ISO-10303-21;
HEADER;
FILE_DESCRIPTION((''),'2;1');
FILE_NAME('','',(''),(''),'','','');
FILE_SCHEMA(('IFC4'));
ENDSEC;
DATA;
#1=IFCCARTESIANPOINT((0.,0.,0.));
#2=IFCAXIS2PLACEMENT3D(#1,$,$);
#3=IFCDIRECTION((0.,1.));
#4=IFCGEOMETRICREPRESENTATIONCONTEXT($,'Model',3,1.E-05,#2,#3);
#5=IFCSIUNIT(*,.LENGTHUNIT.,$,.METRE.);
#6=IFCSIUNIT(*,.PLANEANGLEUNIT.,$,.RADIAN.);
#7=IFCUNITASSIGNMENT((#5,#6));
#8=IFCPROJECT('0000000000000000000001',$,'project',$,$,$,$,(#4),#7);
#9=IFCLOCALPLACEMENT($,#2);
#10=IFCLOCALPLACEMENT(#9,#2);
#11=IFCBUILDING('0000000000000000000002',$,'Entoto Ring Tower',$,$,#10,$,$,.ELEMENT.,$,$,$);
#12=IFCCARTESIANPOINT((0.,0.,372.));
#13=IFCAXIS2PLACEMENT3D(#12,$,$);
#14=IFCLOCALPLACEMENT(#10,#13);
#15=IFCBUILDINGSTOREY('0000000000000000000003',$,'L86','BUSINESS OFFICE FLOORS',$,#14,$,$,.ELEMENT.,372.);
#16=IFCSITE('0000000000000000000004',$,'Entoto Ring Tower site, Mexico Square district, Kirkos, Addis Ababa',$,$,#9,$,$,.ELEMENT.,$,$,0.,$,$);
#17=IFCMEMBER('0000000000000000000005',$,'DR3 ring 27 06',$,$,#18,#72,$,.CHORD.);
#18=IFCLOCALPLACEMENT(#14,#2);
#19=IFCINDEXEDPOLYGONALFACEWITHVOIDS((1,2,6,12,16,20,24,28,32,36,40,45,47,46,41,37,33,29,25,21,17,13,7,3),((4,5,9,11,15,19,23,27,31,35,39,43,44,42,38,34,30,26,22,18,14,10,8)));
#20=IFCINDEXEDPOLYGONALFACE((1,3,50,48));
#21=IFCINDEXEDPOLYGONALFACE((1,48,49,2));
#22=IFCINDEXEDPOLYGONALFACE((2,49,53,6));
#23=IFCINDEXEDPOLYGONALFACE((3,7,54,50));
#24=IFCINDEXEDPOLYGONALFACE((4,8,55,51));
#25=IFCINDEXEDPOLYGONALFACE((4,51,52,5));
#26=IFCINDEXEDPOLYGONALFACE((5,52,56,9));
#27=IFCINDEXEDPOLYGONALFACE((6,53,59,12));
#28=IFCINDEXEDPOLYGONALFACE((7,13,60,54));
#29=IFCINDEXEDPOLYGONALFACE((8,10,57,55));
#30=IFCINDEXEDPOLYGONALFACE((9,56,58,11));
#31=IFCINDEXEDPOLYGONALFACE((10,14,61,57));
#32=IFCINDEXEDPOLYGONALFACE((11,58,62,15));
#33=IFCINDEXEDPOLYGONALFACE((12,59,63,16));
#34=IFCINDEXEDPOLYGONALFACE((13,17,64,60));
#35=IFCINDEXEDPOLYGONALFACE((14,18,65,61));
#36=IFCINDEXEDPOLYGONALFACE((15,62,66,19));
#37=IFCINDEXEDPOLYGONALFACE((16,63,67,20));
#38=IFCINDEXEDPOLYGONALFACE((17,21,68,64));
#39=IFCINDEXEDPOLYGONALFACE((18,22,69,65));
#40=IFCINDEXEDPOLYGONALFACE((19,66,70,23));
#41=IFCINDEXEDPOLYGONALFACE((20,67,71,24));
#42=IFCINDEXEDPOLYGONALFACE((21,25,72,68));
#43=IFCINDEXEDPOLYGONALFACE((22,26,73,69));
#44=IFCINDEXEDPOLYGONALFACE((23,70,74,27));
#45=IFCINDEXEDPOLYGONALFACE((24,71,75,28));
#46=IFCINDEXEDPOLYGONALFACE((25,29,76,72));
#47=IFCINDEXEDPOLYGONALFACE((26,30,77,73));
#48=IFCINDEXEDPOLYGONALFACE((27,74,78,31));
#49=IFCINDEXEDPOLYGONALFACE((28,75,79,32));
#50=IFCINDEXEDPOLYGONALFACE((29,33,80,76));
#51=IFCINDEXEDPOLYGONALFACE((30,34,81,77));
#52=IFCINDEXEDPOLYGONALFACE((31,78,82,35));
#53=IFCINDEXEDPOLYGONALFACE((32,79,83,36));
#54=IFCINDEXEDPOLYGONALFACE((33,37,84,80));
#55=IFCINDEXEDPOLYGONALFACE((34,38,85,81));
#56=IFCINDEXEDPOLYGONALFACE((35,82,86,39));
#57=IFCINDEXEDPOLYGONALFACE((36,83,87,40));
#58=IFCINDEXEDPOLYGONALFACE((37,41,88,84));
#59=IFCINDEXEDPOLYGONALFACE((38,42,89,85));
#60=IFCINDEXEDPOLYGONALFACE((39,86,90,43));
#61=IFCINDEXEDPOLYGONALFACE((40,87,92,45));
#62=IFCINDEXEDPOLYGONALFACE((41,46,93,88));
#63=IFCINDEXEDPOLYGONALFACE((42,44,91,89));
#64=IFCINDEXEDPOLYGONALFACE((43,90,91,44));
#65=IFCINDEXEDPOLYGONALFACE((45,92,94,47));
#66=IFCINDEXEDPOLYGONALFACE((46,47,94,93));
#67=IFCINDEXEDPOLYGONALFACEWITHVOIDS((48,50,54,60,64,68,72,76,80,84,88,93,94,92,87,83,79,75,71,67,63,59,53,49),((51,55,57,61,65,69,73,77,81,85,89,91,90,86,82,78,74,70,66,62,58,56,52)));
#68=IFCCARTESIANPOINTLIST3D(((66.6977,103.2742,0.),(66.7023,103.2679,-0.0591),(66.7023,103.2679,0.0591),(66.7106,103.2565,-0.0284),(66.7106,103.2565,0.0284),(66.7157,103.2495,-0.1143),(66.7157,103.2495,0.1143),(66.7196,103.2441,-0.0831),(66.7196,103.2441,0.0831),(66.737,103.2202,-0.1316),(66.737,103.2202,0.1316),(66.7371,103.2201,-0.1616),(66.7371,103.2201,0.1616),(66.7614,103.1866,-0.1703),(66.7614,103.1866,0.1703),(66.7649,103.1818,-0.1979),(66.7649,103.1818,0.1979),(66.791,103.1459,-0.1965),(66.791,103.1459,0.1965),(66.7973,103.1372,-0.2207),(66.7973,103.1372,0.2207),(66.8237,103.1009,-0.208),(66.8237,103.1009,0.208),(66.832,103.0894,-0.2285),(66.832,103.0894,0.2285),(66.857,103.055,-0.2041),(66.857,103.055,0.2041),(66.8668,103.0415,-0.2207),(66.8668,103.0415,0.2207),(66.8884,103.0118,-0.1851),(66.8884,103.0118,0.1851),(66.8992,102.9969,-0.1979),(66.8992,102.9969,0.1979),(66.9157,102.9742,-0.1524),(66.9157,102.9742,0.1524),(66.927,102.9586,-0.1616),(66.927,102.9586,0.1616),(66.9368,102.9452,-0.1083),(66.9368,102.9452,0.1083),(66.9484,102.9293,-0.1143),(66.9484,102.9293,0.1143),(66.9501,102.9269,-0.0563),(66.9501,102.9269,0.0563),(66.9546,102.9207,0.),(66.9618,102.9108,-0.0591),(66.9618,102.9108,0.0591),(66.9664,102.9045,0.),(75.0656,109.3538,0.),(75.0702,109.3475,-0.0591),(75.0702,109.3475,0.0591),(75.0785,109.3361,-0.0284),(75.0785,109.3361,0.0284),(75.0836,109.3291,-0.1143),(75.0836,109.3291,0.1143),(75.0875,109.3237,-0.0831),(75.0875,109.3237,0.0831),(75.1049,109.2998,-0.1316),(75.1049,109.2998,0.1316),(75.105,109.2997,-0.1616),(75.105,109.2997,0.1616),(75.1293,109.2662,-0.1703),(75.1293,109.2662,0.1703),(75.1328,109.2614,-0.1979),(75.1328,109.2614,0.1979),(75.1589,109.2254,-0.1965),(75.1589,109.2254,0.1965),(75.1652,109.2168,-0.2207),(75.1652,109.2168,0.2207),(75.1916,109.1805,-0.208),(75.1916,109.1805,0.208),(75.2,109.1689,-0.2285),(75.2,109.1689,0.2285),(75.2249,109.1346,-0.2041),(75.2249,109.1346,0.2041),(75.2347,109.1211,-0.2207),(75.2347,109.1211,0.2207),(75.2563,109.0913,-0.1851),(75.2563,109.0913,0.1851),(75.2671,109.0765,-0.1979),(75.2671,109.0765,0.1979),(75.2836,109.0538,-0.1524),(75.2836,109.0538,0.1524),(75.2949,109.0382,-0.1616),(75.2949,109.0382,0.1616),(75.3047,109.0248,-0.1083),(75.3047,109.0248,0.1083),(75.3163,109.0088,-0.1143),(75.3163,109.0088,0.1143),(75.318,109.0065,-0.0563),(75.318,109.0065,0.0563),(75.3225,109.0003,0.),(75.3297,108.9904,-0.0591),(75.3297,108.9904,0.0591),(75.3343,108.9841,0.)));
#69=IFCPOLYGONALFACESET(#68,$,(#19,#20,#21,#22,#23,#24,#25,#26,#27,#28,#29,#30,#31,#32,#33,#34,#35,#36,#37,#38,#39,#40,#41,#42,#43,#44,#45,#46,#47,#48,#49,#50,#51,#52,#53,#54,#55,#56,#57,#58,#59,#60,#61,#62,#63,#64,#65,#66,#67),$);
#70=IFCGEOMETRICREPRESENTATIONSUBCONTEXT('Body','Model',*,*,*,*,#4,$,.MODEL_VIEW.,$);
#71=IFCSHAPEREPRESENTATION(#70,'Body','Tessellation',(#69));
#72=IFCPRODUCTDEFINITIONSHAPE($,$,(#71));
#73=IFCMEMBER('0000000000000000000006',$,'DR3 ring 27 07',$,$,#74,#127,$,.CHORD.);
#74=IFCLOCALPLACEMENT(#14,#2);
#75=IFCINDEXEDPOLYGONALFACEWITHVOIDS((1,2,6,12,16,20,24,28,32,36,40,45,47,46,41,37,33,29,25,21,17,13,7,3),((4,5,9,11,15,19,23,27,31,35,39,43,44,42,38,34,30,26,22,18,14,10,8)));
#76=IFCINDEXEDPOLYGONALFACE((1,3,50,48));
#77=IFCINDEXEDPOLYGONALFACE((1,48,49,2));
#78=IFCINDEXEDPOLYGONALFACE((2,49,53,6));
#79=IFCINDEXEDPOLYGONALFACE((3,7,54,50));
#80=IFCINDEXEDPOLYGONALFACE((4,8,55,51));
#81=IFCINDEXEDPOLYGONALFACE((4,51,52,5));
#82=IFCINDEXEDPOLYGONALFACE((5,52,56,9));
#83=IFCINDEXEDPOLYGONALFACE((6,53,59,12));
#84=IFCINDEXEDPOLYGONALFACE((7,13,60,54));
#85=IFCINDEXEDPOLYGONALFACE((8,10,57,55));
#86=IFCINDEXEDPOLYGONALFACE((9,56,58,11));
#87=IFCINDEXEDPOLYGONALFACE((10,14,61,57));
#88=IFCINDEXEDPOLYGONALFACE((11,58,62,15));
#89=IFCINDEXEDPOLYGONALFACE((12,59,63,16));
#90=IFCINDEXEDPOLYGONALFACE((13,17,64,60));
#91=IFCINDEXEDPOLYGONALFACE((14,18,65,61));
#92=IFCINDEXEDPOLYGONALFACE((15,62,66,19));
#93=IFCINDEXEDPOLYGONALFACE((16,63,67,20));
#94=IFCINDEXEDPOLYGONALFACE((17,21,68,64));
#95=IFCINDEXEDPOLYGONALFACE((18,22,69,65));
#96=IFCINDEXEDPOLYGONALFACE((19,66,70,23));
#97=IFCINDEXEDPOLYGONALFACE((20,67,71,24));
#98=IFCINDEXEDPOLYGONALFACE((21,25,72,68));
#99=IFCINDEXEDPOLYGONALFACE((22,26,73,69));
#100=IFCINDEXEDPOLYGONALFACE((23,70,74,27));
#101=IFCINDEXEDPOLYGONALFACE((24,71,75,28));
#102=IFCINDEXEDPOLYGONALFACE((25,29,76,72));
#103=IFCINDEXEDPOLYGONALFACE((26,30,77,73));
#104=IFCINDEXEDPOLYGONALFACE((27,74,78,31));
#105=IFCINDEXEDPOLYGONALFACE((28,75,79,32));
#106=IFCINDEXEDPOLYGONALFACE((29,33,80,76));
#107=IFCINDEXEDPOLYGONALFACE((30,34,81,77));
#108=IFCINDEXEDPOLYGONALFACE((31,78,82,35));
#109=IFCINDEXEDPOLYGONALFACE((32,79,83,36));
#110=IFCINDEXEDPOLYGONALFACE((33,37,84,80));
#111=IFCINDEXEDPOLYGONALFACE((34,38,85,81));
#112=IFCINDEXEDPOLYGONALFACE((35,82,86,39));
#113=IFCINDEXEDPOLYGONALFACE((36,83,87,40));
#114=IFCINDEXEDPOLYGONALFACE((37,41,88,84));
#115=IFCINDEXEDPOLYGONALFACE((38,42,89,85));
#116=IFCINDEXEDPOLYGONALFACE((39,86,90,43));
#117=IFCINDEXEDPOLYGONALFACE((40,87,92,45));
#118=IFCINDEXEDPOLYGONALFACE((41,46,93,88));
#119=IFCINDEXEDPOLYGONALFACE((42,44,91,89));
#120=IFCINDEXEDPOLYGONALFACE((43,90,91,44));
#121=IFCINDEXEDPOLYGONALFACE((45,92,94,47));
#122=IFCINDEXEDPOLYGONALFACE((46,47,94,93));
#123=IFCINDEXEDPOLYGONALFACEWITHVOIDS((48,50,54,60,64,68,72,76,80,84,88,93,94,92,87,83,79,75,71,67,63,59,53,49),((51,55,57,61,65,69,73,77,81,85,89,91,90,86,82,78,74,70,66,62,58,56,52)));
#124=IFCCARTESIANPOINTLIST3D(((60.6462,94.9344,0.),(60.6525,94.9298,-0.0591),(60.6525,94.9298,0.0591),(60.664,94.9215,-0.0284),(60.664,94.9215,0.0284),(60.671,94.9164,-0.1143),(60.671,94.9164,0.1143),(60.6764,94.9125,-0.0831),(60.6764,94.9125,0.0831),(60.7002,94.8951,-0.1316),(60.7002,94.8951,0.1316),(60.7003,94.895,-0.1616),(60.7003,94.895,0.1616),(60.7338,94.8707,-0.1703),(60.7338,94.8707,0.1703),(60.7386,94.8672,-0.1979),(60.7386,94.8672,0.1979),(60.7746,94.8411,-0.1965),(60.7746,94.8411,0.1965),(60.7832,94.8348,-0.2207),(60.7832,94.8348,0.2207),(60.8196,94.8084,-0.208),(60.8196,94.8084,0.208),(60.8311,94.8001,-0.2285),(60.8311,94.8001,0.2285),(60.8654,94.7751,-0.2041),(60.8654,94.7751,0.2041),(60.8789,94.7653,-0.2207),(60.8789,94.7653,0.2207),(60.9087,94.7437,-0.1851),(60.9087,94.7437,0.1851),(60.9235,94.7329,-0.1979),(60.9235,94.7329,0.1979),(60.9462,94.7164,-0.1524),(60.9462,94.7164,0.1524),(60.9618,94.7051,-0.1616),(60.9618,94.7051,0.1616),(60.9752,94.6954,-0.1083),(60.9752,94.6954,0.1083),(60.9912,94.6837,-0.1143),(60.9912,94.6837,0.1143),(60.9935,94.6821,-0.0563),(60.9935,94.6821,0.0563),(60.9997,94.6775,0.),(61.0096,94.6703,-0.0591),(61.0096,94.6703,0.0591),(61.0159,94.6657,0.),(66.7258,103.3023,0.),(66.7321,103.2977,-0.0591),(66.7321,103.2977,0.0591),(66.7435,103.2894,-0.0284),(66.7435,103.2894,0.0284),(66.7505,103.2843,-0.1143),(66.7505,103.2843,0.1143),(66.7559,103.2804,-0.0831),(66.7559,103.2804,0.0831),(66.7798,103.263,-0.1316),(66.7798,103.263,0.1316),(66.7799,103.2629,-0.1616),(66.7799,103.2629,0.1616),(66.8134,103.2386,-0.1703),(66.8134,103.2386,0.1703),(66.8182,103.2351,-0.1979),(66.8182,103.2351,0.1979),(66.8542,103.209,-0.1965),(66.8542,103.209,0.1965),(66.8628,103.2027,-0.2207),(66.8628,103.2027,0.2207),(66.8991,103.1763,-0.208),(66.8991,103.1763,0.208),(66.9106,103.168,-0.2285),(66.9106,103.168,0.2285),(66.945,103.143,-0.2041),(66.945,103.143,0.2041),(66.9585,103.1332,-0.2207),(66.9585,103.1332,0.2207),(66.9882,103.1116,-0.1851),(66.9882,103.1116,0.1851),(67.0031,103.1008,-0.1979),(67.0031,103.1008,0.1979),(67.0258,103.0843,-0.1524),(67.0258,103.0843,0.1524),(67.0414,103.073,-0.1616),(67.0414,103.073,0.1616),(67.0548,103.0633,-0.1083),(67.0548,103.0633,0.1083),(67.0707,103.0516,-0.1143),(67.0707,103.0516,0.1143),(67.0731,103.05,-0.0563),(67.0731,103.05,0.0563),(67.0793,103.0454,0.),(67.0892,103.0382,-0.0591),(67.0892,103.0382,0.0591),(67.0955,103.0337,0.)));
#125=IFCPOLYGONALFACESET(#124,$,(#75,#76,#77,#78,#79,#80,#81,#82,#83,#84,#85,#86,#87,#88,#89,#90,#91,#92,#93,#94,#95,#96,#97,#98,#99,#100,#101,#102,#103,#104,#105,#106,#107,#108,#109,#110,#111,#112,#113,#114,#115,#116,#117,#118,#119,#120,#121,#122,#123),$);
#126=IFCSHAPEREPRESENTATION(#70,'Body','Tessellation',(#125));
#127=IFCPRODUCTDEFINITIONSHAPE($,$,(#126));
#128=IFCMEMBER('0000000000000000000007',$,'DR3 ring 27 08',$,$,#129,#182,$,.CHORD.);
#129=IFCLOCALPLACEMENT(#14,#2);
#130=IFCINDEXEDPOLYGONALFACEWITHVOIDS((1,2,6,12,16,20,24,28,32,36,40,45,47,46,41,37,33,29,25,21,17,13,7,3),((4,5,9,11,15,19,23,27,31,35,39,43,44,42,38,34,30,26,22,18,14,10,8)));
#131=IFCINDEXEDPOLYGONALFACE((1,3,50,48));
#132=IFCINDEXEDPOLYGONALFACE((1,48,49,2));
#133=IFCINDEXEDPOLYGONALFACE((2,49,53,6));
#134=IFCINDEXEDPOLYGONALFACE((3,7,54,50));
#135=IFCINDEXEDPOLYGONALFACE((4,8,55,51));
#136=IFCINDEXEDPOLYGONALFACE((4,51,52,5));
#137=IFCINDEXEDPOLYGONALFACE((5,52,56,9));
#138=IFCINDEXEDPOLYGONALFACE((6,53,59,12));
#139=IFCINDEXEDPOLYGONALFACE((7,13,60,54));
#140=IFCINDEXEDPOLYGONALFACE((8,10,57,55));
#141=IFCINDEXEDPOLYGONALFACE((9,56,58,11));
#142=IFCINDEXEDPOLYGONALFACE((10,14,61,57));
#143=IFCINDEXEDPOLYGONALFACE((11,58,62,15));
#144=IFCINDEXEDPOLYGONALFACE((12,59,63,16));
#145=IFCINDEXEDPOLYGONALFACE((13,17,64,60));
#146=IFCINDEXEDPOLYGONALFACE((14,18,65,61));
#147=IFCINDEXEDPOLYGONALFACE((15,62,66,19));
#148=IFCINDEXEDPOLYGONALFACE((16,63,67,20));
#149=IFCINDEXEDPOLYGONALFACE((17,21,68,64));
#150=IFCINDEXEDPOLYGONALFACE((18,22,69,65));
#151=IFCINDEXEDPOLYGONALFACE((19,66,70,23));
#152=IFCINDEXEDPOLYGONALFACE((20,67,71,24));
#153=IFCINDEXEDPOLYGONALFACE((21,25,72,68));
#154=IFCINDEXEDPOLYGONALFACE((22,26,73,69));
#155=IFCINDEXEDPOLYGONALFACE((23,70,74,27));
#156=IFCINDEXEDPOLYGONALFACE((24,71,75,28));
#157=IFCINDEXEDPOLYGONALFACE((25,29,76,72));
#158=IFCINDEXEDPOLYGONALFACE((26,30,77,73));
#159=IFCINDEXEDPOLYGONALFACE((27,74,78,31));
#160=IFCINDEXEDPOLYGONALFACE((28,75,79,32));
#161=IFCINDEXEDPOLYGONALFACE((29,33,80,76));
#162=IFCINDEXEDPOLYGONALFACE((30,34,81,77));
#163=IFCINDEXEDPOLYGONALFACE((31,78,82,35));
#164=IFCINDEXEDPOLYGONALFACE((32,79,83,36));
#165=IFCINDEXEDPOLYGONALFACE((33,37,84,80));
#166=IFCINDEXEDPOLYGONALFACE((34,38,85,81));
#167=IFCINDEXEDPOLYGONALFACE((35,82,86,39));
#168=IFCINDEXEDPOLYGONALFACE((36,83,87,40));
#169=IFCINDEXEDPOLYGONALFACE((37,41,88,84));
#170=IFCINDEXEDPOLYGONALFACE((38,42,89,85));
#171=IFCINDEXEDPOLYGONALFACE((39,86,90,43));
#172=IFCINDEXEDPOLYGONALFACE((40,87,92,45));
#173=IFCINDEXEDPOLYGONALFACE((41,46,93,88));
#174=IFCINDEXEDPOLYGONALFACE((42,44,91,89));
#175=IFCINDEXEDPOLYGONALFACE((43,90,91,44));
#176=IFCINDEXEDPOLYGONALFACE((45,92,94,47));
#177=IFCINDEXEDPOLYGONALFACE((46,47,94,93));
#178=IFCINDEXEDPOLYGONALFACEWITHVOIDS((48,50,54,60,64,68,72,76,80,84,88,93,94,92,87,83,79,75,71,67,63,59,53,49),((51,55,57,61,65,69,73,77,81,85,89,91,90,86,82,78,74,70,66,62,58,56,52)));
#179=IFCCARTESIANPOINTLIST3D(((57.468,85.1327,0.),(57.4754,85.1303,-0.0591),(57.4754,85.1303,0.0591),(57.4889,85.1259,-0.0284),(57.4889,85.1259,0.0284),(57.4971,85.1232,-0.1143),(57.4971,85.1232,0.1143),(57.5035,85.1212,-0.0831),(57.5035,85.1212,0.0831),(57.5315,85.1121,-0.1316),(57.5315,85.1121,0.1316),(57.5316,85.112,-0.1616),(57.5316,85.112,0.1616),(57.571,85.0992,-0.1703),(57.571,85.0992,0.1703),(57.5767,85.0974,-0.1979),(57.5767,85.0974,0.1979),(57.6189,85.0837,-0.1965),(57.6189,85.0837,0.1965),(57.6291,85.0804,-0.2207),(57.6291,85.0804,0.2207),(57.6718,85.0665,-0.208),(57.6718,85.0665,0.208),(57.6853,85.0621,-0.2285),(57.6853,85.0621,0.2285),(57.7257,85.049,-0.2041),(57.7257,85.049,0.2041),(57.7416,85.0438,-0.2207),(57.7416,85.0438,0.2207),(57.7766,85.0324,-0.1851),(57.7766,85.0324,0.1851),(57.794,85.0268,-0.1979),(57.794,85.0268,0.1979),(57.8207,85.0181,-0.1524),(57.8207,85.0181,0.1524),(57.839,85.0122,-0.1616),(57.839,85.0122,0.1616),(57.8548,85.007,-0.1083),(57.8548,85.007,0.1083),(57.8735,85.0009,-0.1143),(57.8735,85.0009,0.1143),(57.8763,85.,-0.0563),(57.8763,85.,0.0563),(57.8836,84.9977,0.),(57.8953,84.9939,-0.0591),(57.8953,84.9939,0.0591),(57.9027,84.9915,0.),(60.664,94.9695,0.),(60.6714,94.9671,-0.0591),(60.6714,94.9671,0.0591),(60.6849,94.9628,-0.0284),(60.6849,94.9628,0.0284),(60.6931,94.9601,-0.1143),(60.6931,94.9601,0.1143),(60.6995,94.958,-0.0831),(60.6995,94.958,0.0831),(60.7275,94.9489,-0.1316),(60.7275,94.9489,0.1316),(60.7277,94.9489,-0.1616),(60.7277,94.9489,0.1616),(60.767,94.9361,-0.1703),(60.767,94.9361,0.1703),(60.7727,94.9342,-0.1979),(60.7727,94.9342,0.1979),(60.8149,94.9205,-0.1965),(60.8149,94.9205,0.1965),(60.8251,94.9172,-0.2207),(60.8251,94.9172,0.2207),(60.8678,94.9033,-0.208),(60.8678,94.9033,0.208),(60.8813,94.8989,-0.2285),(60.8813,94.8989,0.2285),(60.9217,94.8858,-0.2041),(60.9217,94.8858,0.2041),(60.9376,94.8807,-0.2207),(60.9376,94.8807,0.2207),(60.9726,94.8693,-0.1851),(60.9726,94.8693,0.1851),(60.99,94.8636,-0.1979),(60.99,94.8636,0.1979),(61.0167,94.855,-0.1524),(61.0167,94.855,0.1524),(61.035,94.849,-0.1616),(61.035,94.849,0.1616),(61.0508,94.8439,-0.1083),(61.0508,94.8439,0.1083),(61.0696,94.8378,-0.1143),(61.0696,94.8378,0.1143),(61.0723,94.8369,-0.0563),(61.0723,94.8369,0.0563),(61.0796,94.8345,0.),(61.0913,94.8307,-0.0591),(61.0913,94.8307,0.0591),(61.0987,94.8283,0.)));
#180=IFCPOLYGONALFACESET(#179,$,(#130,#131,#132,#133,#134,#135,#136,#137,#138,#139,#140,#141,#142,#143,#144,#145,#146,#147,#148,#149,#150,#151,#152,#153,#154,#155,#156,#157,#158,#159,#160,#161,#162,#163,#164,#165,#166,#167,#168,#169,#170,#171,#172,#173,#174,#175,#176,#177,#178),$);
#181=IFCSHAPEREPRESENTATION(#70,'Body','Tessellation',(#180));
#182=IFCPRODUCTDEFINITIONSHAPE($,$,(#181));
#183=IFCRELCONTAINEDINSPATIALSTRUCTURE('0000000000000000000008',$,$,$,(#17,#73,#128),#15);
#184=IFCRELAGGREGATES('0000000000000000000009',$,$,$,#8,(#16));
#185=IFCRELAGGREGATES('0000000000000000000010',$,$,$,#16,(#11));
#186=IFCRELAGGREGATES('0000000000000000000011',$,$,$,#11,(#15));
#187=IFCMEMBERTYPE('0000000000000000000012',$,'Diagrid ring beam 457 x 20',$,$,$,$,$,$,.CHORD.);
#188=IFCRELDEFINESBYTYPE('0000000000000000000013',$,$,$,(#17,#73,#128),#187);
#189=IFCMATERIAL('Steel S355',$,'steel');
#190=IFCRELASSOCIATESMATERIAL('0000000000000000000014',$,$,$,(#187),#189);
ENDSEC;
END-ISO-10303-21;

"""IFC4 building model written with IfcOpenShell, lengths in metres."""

from ifc_helpers import new_model, si_unit, direction, frame, origin, origin_2d, place, context, subcontext, project, spatial, circle, hollow_circle, extrude, material, material_profile, profile_set, type_object, element, save


model = new_model("IFC4")

# Units and contexts
model_context = context("Model", 3, precision=1e-05, world=origin(), true_north=direction((0.0, 1.0)))
body_context = subcontext(model_context, "Body", "Model", "MODEL_VIEW")
ifc_project = project(units=[si_unit("LENGTHUNIT", "METRE"), si_unit("PLANEANGLEUNIT", "RADIAN")], contexts=[model_context])

# Site, building, storey
site_placement = place(None, origin())
site = spatial("IfcSite", under=ifc_project, at=site_placement, Name="Entoto Ring Tower site, Mexico Square district, Kirkos, Addis Ababa", CompositionType="ELEMENT", RefElevation=0.0)
building_placement = place(site_placement, origin())
building = spatial("IfcBuilding", under=site, at=building_placement, Name="Entoto Ring Tower", CompositionType="ELEMENT")
storey_placement = place(building_placement, frame((0.0, 0.0, 372.0)))
storey = spatial("IfcBuildingStorey", under=building, at=storey_placement, Name="L86", Description="BUSINESS OFFICE FLOORS", CompositionType="ELEMENT", Elevation=372.0)

# Members
ifc_material_1 = material(Name="Steel S355", Category="steel")
ifc_material_profile_1 = material_profile(ifc_material_1, hollow_circle(Radius=0.2285, WallThickness=0.02, at=origin_2d()), Name="CHS 457 x 20")
ifc_material_2 = material(Name="Concrete C60/75", Category="concrete")
ifc_material_profile_2 = material_profile(ifc_material_2, circle(Radius=0.2085, at=origin_2d()), Name="Concrete C60/75 infill")
ifc_profile_set_1 = profile_set([ifc_material_profile_1, ifc_material_profile_2], Name="Steel S355")
member_type_1 = type_object("IfcMemberType", Name="Diagrid ring beam 457 x 20", PredefinedType="CHORD", material=ifc_profile_set_1)
for number, where, z_axis, x_axis, name in (
    (1, (75.2, 109.1689, 0.0), (-0.80902, -0.587781, 0.0), (0.587781, -0.80902, 0.0), "DR3 ring 27 06"),
    (2, (66.9106, 103.168, 0.0), (-0.587781, -0.80902, 0.0), (0.80902, -0.587781, 0.0), "DR3 ring 27 07"),
):
    element("IfcMember", number, at=place(storey_placement, frame(where, z_axis=z_axis, x_axis=x_axis)), inside=storey, type_object=member_type_1, Name=name, PredefinedType="CHORD", context=body_context, shape_type="SweptSolid", body=[
        extrude(hollow_circle(Radius=0.2285, WallThickness=0.02, at=origin_2d()), origin(), (0.0, 0.0, 1.0), 10.3433),
    ])
member_1_placement = place(storey_placement, frame((60.8813, 94.8989, 0.0), z_axis=(-0.309003, -0.951061, 0.0), x_axis=(0.951061, -0.309003, 0.0)))
element("IfcMember", 3, at=member_1_placement, inside=storey, type_object=member_type_1, Name="DR3 ring 27 08", PredefinedType="CHORD", context=body_context, shape_type="SweptSolid", body=[
    extrude(hollow_circle(Radius=0.2285, WallThickness=0.02, at=origin_2d()), origin(), (0.0, 0.0, 1.0), 10.343),
])

save(model, "model.ifc")
